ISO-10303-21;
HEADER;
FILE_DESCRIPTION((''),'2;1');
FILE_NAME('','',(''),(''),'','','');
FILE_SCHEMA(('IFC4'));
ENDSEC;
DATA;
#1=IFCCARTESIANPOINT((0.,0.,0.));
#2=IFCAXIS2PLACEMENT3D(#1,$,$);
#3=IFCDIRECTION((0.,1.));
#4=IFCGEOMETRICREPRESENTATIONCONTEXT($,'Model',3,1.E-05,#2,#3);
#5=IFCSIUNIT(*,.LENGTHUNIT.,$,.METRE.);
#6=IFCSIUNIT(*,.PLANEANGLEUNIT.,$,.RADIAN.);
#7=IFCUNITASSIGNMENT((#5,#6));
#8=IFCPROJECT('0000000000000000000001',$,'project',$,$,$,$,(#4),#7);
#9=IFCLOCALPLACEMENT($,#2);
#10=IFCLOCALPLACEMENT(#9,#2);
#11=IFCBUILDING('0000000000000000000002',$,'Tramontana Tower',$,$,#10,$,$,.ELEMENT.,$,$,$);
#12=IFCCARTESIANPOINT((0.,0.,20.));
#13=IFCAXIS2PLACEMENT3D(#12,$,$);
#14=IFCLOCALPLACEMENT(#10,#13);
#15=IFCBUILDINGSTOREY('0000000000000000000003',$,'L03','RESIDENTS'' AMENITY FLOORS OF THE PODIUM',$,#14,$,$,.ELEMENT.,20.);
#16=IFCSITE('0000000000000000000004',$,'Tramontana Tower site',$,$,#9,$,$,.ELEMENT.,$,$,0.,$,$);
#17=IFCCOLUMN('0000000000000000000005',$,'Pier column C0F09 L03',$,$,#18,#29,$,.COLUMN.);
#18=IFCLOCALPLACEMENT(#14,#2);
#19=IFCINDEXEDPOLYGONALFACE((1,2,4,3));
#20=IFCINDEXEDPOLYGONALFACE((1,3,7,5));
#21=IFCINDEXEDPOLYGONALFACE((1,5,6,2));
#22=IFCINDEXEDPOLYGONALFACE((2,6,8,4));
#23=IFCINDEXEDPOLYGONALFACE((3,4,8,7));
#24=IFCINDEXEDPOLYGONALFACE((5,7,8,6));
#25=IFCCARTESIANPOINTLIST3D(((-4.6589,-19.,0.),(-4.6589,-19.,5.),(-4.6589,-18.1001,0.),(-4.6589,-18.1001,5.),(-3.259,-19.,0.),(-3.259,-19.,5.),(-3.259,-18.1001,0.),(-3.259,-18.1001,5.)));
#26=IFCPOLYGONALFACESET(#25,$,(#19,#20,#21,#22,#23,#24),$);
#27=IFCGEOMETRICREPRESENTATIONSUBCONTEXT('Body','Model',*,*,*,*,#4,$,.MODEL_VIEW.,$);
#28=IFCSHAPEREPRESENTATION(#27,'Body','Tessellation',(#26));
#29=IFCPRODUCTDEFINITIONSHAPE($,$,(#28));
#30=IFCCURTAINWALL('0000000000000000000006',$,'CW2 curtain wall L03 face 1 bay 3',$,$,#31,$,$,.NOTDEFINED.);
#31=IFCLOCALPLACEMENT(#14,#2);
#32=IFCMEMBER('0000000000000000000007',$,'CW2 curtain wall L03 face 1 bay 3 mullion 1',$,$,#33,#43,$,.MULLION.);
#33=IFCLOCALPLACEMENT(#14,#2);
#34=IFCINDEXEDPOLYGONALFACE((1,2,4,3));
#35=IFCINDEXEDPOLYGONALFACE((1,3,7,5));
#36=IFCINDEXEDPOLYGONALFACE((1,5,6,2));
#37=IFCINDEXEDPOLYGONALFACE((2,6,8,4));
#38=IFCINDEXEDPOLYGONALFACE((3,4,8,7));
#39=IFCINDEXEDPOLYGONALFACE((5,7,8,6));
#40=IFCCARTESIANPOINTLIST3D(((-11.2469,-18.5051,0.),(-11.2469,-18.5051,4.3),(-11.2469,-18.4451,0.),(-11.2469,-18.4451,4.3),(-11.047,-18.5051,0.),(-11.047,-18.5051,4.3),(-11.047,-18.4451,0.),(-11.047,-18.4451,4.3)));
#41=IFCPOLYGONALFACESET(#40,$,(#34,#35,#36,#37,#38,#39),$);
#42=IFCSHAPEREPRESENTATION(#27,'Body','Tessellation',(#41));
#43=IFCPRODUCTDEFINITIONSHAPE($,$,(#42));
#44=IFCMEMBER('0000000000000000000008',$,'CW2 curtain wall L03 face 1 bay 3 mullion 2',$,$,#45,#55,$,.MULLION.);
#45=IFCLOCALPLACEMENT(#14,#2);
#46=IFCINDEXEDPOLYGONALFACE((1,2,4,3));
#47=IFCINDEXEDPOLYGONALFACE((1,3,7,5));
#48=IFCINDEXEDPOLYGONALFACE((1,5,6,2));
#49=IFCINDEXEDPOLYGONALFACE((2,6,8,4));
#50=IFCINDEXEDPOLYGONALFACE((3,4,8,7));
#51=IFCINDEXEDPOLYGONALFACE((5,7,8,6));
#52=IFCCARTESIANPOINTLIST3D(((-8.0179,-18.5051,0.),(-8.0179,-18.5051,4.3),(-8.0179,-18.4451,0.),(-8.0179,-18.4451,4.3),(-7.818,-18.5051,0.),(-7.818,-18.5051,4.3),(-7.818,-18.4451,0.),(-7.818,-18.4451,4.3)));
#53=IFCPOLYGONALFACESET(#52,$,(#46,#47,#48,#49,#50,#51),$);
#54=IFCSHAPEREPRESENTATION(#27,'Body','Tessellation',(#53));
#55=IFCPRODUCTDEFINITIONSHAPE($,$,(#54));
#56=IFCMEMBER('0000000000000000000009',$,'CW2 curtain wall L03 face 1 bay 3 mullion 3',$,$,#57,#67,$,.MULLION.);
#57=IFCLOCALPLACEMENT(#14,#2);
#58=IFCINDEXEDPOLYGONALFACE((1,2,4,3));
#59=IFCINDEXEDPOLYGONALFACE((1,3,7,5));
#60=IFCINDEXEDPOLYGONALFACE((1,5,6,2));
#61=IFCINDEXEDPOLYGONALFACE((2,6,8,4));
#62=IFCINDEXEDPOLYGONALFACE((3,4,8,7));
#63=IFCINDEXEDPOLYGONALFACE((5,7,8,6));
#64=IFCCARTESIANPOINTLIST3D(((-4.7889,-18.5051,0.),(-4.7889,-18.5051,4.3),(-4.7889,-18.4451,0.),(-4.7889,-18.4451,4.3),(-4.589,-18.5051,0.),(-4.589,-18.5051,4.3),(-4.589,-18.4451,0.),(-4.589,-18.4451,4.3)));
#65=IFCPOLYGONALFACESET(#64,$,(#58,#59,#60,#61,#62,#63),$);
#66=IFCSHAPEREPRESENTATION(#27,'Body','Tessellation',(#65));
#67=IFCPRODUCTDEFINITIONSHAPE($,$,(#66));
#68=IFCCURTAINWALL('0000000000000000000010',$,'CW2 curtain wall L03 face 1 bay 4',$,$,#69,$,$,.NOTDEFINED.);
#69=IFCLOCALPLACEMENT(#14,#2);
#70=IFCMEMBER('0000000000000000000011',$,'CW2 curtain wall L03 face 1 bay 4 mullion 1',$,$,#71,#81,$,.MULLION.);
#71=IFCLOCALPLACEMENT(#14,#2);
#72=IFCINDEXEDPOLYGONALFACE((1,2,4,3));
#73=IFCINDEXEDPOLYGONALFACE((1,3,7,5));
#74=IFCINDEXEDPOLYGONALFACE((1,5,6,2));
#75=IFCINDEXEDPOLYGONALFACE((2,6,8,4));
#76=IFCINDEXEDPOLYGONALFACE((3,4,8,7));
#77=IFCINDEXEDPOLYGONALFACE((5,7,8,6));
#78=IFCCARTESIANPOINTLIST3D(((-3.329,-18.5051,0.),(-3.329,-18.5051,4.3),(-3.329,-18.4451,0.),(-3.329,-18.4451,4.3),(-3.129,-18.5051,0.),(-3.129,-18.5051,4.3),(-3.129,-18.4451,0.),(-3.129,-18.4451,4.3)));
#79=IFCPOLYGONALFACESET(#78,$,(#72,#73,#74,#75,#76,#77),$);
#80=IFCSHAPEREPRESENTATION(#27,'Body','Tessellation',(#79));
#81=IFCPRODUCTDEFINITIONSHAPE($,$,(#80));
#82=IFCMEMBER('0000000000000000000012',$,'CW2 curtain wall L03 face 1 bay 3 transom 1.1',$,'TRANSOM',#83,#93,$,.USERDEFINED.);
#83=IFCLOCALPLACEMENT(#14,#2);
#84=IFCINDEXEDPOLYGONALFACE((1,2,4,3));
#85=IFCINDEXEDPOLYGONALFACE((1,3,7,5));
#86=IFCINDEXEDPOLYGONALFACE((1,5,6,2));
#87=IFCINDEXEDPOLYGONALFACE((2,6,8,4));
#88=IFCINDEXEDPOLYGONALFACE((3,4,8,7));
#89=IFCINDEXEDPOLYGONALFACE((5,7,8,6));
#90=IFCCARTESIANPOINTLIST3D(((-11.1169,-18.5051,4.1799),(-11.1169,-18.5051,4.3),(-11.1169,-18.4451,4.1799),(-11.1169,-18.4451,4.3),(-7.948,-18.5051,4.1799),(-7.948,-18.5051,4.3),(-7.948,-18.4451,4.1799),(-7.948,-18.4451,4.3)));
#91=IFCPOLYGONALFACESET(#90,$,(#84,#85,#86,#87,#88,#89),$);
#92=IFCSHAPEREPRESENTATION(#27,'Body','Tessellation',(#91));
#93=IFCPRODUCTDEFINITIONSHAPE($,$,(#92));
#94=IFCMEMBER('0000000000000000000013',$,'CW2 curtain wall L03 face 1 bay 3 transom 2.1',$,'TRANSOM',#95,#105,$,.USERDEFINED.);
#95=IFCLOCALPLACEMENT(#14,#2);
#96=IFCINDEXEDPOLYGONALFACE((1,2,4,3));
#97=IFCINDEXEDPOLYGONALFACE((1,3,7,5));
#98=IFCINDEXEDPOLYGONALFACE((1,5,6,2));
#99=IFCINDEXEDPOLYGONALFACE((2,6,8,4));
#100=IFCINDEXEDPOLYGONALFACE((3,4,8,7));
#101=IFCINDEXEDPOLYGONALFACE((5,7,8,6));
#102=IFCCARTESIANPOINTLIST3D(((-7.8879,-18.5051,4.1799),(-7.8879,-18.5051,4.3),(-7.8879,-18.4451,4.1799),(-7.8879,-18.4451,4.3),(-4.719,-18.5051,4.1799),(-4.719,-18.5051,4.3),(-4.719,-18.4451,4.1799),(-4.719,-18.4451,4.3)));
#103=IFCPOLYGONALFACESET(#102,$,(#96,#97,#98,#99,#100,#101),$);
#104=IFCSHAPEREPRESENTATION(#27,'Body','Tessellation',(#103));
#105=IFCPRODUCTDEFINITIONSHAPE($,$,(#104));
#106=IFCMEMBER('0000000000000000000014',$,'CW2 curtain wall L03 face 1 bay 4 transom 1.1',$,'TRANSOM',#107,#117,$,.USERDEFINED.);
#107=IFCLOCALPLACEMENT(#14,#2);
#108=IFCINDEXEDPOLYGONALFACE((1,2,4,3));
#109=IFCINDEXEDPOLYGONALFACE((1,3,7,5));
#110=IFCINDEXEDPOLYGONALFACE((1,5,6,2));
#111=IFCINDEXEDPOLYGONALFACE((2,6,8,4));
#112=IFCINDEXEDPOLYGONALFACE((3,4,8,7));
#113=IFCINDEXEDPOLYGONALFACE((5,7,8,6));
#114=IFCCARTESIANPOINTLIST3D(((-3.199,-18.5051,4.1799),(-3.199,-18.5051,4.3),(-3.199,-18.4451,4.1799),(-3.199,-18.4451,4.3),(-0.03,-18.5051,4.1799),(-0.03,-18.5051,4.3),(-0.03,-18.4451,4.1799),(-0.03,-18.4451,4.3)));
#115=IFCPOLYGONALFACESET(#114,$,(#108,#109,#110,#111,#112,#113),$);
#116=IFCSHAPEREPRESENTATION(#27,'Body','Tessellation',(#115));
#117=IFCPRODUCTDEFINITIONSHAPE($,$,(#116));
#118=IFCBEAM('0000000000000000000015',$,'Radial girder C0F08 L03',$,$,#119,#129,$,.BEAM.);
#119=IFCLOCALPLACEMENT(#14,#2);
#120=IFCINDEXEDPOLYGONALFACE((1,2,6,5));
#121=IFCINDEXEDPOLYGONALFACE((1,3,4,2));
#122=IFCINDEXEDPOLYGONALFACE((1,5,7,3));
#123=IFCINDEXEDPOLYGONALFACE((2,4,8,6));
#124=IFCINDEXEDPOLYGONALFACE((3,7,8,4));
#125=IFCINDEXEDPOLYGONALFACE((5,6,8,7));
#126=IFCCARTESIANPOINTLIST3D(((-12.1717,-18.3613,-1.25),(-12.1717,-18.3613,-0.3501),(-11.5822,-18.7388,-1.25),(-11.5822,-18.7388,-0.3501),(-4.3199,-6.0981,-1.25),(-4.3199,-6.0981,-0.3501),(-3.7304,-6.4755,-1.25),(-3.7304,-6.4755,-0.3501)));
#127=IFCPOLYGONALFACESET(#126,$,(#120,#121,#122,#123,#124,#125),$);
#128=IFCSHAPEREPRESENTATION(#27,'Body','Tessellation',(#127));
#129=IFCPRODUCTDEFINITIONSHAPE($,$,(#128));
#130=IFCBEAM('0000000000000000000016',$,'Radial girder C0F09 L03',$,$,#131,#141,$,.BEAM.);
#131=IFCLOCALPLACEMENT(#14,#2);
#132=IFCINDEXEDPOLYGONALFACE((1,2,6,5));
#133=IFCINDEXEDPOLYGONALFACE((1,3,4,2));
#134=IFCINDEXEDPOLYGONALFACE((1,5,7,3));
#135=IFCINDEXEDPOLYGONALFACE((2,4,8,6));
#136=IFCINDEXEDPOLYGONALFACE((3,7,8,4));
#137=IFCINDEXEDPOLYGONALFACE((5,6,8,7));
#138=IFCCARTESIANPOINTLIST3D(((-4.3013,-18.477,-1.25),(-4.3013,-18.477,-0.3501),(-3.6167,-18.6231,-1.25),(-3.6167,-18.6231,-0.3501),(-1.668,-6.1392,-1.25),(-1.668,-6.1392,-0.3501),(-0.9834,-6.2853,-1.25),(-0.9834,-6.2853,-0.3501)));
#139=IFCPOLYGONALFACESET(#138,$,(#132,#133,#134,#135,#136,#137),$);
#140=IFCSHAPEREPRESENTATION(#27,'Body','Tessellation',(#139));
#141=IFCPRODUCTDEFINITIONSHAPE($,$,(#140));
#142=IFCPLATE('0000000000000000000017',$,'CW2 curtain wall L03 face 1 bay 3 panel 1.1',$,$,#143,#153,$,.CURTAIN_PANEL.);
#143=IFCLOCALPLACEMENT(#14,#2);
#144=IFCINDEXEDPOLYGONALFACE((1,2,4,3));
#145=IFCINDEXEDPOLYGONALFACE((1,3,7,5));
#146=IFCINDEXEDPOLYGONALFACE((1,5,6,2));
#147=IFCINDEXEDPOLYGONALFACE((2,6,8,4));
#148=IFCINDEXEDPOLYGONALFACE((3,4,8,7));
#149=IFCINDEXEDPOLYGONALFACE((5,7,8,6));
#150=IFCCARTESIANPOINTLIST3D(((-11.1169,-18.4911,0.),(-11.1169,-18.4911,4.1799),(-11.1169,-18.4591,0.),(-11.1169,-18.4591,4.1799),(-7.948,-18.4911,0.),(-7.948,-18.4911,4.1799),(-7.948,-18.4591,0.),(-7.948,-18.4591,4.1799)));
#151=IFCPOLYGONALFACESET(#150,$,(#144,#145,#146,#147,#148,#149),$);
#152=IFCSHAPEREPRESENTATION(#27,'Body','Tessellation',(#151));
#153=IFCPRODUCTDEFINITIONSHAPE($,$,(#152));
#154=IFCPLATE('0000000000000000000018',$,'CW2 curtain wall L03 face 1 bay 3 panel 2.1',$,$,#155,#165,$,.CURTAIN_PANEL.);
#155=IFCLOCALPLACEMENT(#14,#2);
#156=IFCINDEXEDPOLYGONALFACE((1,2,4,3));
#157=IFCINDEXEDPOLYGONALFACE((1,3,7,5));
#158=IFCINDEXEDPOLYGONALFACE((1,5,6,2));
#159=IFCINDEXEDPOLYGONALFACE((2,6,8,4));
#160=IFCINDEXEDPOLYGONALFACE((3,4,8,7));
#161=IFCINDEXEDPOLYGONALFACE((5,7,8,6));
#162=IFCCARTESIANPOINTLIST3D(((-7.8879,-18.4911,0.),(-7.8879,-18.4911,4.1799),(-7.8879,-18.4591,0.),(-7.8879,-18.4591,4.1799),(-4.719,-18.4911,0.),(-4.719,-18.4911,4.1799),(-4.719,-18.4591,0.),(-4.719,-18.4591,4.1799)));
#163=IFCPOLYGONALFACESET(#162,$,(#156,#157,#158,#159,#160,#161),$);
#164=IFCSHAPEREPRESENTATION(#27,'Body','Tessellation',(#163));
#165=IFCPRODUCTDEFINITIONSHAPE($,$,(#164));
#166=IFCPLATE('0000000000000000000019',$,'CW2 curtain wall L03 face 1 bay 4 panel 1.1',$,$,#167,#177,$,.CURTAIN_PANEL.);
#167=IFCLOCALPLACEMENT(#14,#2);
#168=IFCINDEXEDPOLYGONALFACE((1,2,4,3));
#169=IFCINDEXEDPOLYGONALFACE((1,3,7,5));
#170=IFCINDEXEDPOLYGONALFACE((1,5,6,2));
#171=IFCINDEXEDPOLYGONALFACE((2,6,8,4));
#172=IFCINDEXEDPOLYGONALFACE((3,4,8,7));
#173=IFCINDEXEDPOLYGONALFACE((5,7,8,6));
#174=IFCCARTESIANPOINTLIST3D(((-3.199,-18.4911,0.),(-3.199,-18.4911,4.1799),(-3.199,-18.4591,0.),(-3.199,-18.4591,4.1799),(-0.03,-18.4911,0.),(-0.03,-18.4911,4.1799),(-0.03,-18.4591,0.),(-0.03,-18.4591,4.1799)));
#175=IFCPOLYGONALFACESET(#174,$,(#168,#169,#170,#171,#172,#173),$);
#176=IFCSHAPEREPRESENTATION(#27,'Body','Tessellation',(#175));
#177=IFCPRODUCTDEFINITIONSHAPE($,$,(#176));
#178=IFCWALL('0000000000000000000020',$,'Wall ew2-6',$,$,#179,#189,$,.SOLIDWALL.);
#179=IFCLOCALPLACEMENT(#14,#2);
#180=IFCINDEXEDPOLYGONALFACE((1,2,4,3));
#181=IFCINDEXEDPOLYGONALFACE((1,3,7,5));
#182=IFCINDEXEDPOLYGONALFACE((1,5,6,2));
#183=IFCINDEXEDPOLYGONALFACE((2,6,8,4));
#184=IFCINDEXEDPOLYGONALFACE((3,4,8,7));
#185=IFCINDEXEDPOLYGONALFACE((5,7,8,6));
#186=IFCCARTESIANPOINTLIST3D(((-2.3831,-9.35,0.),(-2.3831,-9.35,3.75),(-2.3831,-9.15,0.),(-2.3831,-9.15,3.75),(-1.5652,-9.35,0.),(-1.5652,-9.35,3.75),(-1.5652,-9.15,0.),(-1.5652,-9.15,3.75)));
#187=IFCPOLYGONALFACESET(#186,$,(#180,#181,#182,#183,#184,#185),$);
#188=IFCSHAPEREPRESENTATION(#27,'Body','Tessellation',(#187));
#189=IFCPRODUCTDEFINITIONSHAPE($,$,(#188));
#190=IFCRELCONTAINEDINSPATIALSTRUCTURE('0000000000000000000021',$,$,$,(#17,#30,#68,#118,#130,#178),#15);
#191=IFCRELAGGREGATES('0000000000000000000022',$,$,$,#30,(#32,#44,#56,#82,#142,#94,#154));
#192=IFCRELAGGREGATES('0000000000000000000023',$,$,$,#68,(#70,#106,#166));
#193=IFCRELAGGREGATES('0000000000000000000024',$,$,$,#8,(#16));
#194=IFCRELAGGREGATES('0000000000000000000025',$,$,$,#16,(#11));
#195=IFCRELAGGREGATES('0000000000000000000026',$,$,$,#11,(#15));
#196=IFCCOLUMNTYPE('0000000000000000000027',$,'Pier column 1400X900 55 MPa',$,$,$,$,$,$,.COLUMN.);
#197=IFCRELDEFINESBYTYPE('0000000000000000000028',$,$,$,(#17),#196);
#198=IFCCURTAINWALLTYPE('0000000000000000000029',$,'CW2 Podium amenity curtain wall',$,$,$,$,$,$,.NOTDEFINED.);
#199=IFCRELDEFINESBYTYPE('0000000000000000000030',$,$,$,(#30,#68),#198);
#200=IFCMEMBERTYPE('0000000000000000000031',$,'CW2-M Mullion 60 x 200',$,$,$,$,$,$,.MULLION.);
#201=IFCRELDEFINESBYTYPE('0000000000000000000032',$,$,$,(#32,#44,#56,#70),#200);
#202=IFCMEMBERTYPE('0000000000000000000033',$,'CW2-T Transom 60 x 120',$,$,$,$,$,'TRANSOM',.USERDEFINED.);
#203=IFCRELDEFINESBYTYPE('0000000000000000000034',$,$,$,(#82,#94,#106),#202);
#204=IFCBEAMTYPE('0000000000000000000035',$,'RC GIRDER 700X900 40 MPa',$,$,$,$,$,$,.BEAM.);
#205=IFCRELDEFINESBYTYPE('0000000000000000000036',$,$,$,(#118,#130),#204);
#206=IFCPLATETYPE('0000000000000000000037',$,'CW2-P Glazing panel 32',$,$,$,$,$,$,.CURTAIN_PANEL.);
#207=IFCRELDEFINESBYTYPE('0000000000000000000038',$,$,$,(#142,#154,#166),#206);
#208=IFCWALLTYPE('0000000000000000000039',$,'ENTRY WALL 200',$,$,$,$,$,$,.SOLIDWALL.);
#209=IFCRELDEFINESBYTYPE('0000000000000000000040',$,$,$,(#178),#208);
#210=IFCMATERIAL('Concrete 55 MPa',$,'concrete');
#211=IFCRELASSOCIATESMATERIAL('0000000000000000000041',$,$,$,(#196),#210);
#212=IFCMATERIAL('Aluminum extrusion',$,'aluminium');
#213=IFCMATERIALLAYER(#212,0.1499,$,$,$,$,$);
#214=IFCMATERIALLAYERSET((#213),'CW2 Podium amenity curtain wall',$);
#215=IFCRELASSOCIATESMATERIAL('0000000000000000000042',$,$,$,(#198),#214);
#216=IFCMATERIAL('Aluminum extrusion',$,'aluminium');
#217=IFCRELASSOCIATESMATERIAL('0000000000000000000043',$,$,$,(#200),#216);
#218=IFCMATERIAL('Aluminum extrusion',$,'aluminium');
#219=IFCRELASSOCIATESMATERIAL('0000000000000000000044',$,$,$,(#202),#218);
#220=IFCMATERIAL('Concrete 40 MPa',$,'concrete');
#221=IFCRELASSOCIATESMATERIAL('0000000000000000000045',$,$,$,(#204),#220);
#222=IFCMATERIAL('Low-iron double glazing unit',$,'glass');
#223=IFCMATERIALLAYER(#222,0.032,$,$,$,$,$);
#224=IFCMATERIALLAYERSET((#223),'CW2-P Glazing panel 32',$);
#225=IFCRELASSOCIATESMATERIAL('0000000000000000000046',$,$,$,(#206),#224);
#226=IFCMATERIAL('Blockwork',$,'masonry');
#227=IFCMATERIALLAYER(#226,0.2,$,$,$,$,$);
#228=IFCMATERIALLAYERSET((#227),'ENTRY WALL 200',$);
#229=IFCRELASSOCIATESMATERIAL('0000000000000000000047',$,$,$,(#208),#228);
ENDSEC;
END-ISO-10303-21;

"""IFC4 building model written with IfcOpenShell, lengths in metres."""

from ifc_helpers import new_model, si_unit, direction, frame, frame_2d, origin, origin_2d, place, context, subcontext, project, spatial, rectangle, extrude, material, layer, layer_set, material_profile, profile_set, type_object, element, aggregate, save


model = new_model("IFC4")

# Units and contexts
model_context = context("Model", 3, precision=1e-05, world=origin(), true_north=direction((0.0, 1.0)))
body_context = subcontext(model_context, "Body", "Model", "MODEL_VIEW")
ifc_project = project(units=[si_unit("LENGTHUNIT", "METRE"), si_unit("PLANEANGLEUNIT", "RADIAN")], contexts=[model_context])

# Site, building, storey
site_placement = place(None, origin())
site = spatial("IfcSite", under=ifc_project, at=site_placement, Name="Tramontana Tower site", CompositionType="ELEMENT", RefElevation=0.0)
building_placement = place(site_placement, origin())
building = spatial("IfcBuilding", under=site, at=building_placement, Name="Tramontana Tower", CompositionType="ELEMENT")
storey_placement = place(building_placement, frame((0.0, 0.0, 20.0)))
storey = spatial("IfcBuildingStorey", under=building, at=storey_placement, Name="L03", Description="RESIDENTS' AMENITY FLOORS OF THE PODIUM", CompositionType="ELEMENT", Elevation=20.0)

# Column
ifc_material_1 = material(Name="Concrete 55 MPa", Category="concrete")
ifc_material_profile_1 = material_profile(ifc_material_1, rectangle(XDim=1.3999, YDim=0.8999, at=origin_2d()), Name="Pier column 1400X900 55 MPa")
ifc_profile_set_1 = profile_set([ifc_material_profile_1], Name="Concrete 55 MPa")
column_type = type_object("IfcColumnType", Name="Pier column 1400X900 55 MPa", PredefinedType="COLUMN", material=ifc_profile_set_1)
column_placement = place(storey_placement, frame((-3.959, -18.55, 0.0), z_axis=(0.0, 0.0, 1.0), x_axis=(1.0, 0.0, 0.0)))
element("IfcColumn", 1, at=column_placement, inside=storey, type_object=column_type, Name="Pier column C0F09 L03", PredefinedType="COLUMN", context=body_context, shape_type="SweptSolid", body=[
    extrude(rectangle(XDim=1.3999, YDim=0.8999, at=origin_2d()), origin(), (0.0, 0.0, 1.0), 5.0),
])

# Curtain wall, members
ifc_material_2 = material(Name="Aluminum extrusion", Category="aluminium")
ifc_layer_1 = layer(ifc_material_2, 0.1499)
ifc_layer_set_1 = layer_set([ifc_layer_1], Name="CW2 Podium amenity curtain wall")
curtain_wall_type = type_object("IfcCurtainWallType", Name="CW2 Podium amenity curtain wall", PredefinedType="NOTDEFINED", material=ifc_layer_set_1)
curtain_wall_1_placement = place(storey_placement, origin())
curtain_wall_1 = element("IfcCurtainWall", 2, at=curtain_wall_1_placement, inside=storey, type_object=curtain_wall_type, Name="CW2 curtain wall L03 face 1 bay 3", PredefinedType="NOTDEFINED")
ifc_material_3 = material(Name="Aluminum extrusion", Category="aluminium")
ifc_material_profile_2 = material_profile(ifc_material_3, rectangle(XDim=0.0601, YDim=0.2, at=origin_2d()), Name="CW2-M Mullion 60 x 200")
ifc_profile_set_2 = profile_set([ifc_material_profile_2], Name="Aluminum extrusion")
member_type_1 = type_object("IfcMemberType", Name="CW2-M Mullion 60 x 200", PredefinedType="MULLION", material=ifc_profile_set_2)
member_1_placement = place(storey_placement, frame((-11.147, -18.4751, 0.0), z_axis=(0.0, 0.0, 1.0), x_axis=(0.0, 1.0, 0.0)))
member_1 = element("IfcMember", 3, at=member_1_placement, type_object=member_type_1, Name="CW2 curtain wall L03 face 1 bay 3 mullion 1", PredefinedType="MULLION", context=body_context, shape_type="SweptSolid", body=[
    extrude(rectangle(XDim=0.0601, YDim=0.2, at=origin_2d()), origin(), (0.0, 0.0, 1.0), 4.3),
])
member_2_placement = place(storey_placement, frame((-7.918, -18.4751, 0.0), z_axis=(0.0, 0.0, 1.0), x_axis=(0.0, 1.0, 0.0)))
member_2 = element("IfcMember", 4, at=member_2_placement, type_object=member_type_1, Name="CW2 curtain wall L03 face 1 bay 3 mullion 2", PredefinedType="MULLION", context=body_context, shape_type="SweptSolid", body=[
    extrude(rectangle(XDim=0.0601, YDim=0.2, at=origin_2d()), origin(), (0.0, 0.0, 1.0), 4.3),
])
member_3_placement = place(storey_placement, frame((-4.689, -18.4751, 0.0), z_axis=(0.0, 0.0, 1.0), x_axis=(0.0, 1.0, 0.0)))
member_3 = element("IfcMember", 5, at=member_3_placement, type_object=member_type_1, Name="CW2 curtain wall L03 face 1 bay 3 mullion 3", PredefinedType="MULLION", context=body_context, shape_type="SweptSolid", body=[
    extrude(rectangle(XDim=0.0601, YDim=0.2, at=origin_2d()), origin(), (0.0, 0.0, 1.0), 4.3),
])

# Curtain wall, member
curtain_wall_2_placement = place(storey_placement, origin())
curtain_wall_2 = element("IfcCurtainWall", 6, at=curtain_wall_2_placement, inside=storey, type_object=curtain_wall_type, Name="CW2 curtain wall L03 face 1 bay 4", PredefinedType="NOTDEFINED")
member_4_placement = place(storey_placement, frame((-3.229, -18.4751, 0.0), z_axis=(0.0, 0.0, 1.0), x_axis=(0.0, 1.0, 0.0)))
member_4 = element("IfcMember", 7, at=member_4_placement, type_object=member_type_1, Name="CW2 curtain wall L03 face 1 bay 4 mullion 1", PredefinedType="MULLION", context=body_context, shape_type="SweptSolid", body=[
    extrude(rectangle(XDim=0.0601, YDim=0.2, at=origin_2d()), origin(), (0.0, 0.0, 1.0), 4.3),
])

# Members
ifc_material_4 = material(Name="Aluminum extrusion", Category="aluminium")
ifc_material_profile_3 = material_profile(ifc_material_4, rectangle(XDim=0.0601, YDim=0.1201, at=origin_2d()), Name="CW2-T Transom 60 x 120")
ifc_profile_set_3 = profile_set([ifc_material_profile_3], Name="Aluminum extrusion")
member_type_2 = type_object("IfcMemberType", Name="CW2-T Transom 60 x 120", ElementType="TRANSOM", PredefinedType="USERDEFINED", material=ifc_profile_set_3)
member_5_placement = place(storey_placement, frame((-11.1169, -18.4751, 4.24), z_axis=(1.0, 0.0, 0.0), x_axis=(0.0, 1.0, 0.0)))
member_5 = element("IfcMember", 8, at=member_5_placement, type_object=member_type_2, Name="CW2 curtain wall L03 face 1 bay 3 transom 1.1", ObjectType="TRANSOM", PredefinedType="USERDEFINED", context=body_context, shape_type="SweptSolid", body=[
    extrude(rectangle(XDim=0.0601, YDim=0.1201, at=origin_2d()), origin(), (0.0, 0.0, 1.0), 3.1689),
])
member_6_placement = place(storey_placement, frame((-7.8879, -18.4751, 4.24), z_axis=(1.0, 0.0, 0.0), x_axis=(0.0, 1.0, 0.0)))
member_6 = element("IfcMember", 9, at=member_6_placement, type_object=member_type_2, Name="CW2 curtain wall L03 face 1 bay 3 transom 2.1", ObjectType="TRANSOM", PredefinedType="USERDEFINED", context=body_context, shape_type="SweptSolid", body=[
    extrude(rectangle(XDim=0.0601, YDim=0.1201, at=origin_2d()), origin(), (0.0, 0.0, 1.0), 3.1689),
])
member_7_placement = place(storey_placement, frame((-3.199, -18.4751, 4.24), z_axis=(1.0, 0.0, 0.0), x_axis=(0.0, 1.0, 0.0)))
member_7 = element("IfcMember", 10, at=member_7_placement, type_object=member_type_2, Name="CW2 curtain wall L03 face 1 bay 4 transom 1.1", ObjectType="TRANSOM", PredefinedType="USERDEFINED", context=body_context, shape_type="SweptSolid", body=[
    extrude(rectangle(XDim=0.0601, YDim=0.1201, at=origin_2d()), origin(), (0.0, 0.0, 1.0), 3.1689),
])

# Beams
ifc_material_5 = material(Name="Concrete 40 MPa", Category="concrete")
ifc_material_profile_4 = material_profile(ifc_material_5, rectangle(XDim=0.7, YDim=0.8999, at=origin_2d()), Name="RC GIRDER 700X900 40 MPa")
ifc_profile_set_4 = profile_set([ifc_material_profile_4], Name="Concrete 40 MPa")
beam_type = type_object("IfcBeamType", Name="RC GIRDER 700X900 40 MPa", PredefinedType="BEAM", material=ifc_profile_set_4)
beam_1_placement = place(storey_placement, frame((-11.877, -18.55, -0.8), z_axis=(0.539218, 0.842166, 0.0), x_axis=(-0.842166, 0.539218, 0.0)))
element("IfcBeam", 11, at=beam_1_placement, inside=storey, type_object=beam_type, Name="Radial girder C0F08 L03", PredefinedType="BEAM", context=body_context, shape_type="SweptSolid", body=[
    extrude(rectangle(XDim=0.7, YDim=0.8999, at=origin_2d()), origin(), (0.0, 0.0, 1.0), 14.5615),
])
beam_2_placement = place(storey_placement, frame((-3.959, -18.55, -0.8), z_axis=(0.208731, 0.977973, 0.0), x_axis=(-0.977973, 0.208731, 0.0)))
element("IfcBeam", 12, at=beam_2_placement, inside=storey, type_object=beam_type, Name="Radial girder C0F09 L03", PredefinedType="BEAM", context=body_context, shape_type="SweptSolid", body=[
    extrude(rectangle(XDim=0.7, YDim=0.8999, at=origin_2d()), origin(), (0.0, 0.0, 1.0), 12.6157),
])

# Plates
ifc_material_6 = material(Name="Low-iron double glazing unit", Category="glass")
ifc_layer_2 = layer(ifc_material_6, 0.032)
ifc_layer_set_2 = layer_set([ifc_layer_2], Name="CW2-P Glazing panel 32")
plate_type = type_object("IfcPlateType", Name="CW2-P Glazing panel 32", PredefinedType="CURTAIN_PANEL", material=ifc_layer_set_2)
plate_1_placement = place(storey_placement, frame((-9.5325, -18.4751, 0.0), z_axis=(0.0, 0.0, 1.0), x_axis=(1.0, 0.0, 0.0)))
plate_1 = element("IfcPlate", 13, at=plate_1_placement, type_object=plate_type, Name="CW2 curtain wall L03 face 1 bay 3 panel 1.1", PredefinedType="CURTAIN_PANEL", context=body_context, shape_type="SweptSolid", body=[
    extrude(rectangle(XDim=3.1689, YDim=0.032, at=origin_2d()), origin(), (0.0, 0.0, 1.0), 4.1799),
])
plate_2_placement = place(storey_placement, frame((-6.3035, -18.4751, 0.0), z_axis=(0.0, 0.0, 1.0), x_axis=(1.0, 0.0, 0.0)))
plate_2 = element("IfcPlate", 14, at=plate_2_placement, type_object=plate_type, Name="CW2 curtain wall L03 face 1 bay 3 panel 2.1", PredefinedType="CURTAIN_PANEL", context=body_context, shape_type="SweptSolid", body=[
    extrude(rectangle(XDim=3.1689, YDim=0.032, at=origin_2d()), origin(), (0.0, 0.0, 1.0), 4.1799),
])
aggregate(curtain_wall_1, [member_1, member_2, member_3, member_5, plate_1, member_6, plate_2])
plate_3_placement = place(storey_placement, frame((-1.6145, -18.4751, 0.0), z_axis=(0.0, 0.0, 1.0), x_axis=(1.0, 0.0, 0.0)))
plate_3 = element("IfcPlate", 15, at=plate_3_placement, type_object=plate_type, Name="CW2 curtain wall L03 face 1 bay 4 panel 1.1", PredefinedType="CURTAIN_PANEL", context=body_context, shape_type="SweptSolid", body=[
    extrude(rectangle(XDim=3.1689, YDim=0.032, at=origin_2d()), origin(), (0.0, 0.0, 1.0), 4.1799),
])
aggregate(curtain_wall_2, [member_4, member_7, plate_3])

# Wall
ifc_material_7 = material(Name="Blockwork", Category="masonry")
ifc_layer_3 = layer(ifc_material_7, 0.2)
ifc_layer_set_3 = layer_set([ifc_layer_3], Name="ENTRY WALL 200")
wall_type_1 = type_object("IfcWallType", Name="ENTRY WALL 200", PredefinedType="SOLIDWALL", material=ifc_layer_set_3)
wall_1_placement = place(storey_placement, frame((-1.5652, -9.25, 0.0), z_axis=(0.0, 0.0, 1.0), x_axis=(-1.0, 0.0, 0.0)))
element("IfcWall", 16, at=wall_1_placement, inside=storey, type_object=wall_type_1, Name="Wall ew2-6", PredefinedType="SOLIDWALL", context=body_context, shape_type="SweptSolid", body=[
    extrude(rectangle(XDim=0.8179, YDim=0.2, at=frame_2d((0.4089, 0.0))), origin(), (0.0, 0.0, 1.0), 3.75),
])

save(model, "model.ifc")
